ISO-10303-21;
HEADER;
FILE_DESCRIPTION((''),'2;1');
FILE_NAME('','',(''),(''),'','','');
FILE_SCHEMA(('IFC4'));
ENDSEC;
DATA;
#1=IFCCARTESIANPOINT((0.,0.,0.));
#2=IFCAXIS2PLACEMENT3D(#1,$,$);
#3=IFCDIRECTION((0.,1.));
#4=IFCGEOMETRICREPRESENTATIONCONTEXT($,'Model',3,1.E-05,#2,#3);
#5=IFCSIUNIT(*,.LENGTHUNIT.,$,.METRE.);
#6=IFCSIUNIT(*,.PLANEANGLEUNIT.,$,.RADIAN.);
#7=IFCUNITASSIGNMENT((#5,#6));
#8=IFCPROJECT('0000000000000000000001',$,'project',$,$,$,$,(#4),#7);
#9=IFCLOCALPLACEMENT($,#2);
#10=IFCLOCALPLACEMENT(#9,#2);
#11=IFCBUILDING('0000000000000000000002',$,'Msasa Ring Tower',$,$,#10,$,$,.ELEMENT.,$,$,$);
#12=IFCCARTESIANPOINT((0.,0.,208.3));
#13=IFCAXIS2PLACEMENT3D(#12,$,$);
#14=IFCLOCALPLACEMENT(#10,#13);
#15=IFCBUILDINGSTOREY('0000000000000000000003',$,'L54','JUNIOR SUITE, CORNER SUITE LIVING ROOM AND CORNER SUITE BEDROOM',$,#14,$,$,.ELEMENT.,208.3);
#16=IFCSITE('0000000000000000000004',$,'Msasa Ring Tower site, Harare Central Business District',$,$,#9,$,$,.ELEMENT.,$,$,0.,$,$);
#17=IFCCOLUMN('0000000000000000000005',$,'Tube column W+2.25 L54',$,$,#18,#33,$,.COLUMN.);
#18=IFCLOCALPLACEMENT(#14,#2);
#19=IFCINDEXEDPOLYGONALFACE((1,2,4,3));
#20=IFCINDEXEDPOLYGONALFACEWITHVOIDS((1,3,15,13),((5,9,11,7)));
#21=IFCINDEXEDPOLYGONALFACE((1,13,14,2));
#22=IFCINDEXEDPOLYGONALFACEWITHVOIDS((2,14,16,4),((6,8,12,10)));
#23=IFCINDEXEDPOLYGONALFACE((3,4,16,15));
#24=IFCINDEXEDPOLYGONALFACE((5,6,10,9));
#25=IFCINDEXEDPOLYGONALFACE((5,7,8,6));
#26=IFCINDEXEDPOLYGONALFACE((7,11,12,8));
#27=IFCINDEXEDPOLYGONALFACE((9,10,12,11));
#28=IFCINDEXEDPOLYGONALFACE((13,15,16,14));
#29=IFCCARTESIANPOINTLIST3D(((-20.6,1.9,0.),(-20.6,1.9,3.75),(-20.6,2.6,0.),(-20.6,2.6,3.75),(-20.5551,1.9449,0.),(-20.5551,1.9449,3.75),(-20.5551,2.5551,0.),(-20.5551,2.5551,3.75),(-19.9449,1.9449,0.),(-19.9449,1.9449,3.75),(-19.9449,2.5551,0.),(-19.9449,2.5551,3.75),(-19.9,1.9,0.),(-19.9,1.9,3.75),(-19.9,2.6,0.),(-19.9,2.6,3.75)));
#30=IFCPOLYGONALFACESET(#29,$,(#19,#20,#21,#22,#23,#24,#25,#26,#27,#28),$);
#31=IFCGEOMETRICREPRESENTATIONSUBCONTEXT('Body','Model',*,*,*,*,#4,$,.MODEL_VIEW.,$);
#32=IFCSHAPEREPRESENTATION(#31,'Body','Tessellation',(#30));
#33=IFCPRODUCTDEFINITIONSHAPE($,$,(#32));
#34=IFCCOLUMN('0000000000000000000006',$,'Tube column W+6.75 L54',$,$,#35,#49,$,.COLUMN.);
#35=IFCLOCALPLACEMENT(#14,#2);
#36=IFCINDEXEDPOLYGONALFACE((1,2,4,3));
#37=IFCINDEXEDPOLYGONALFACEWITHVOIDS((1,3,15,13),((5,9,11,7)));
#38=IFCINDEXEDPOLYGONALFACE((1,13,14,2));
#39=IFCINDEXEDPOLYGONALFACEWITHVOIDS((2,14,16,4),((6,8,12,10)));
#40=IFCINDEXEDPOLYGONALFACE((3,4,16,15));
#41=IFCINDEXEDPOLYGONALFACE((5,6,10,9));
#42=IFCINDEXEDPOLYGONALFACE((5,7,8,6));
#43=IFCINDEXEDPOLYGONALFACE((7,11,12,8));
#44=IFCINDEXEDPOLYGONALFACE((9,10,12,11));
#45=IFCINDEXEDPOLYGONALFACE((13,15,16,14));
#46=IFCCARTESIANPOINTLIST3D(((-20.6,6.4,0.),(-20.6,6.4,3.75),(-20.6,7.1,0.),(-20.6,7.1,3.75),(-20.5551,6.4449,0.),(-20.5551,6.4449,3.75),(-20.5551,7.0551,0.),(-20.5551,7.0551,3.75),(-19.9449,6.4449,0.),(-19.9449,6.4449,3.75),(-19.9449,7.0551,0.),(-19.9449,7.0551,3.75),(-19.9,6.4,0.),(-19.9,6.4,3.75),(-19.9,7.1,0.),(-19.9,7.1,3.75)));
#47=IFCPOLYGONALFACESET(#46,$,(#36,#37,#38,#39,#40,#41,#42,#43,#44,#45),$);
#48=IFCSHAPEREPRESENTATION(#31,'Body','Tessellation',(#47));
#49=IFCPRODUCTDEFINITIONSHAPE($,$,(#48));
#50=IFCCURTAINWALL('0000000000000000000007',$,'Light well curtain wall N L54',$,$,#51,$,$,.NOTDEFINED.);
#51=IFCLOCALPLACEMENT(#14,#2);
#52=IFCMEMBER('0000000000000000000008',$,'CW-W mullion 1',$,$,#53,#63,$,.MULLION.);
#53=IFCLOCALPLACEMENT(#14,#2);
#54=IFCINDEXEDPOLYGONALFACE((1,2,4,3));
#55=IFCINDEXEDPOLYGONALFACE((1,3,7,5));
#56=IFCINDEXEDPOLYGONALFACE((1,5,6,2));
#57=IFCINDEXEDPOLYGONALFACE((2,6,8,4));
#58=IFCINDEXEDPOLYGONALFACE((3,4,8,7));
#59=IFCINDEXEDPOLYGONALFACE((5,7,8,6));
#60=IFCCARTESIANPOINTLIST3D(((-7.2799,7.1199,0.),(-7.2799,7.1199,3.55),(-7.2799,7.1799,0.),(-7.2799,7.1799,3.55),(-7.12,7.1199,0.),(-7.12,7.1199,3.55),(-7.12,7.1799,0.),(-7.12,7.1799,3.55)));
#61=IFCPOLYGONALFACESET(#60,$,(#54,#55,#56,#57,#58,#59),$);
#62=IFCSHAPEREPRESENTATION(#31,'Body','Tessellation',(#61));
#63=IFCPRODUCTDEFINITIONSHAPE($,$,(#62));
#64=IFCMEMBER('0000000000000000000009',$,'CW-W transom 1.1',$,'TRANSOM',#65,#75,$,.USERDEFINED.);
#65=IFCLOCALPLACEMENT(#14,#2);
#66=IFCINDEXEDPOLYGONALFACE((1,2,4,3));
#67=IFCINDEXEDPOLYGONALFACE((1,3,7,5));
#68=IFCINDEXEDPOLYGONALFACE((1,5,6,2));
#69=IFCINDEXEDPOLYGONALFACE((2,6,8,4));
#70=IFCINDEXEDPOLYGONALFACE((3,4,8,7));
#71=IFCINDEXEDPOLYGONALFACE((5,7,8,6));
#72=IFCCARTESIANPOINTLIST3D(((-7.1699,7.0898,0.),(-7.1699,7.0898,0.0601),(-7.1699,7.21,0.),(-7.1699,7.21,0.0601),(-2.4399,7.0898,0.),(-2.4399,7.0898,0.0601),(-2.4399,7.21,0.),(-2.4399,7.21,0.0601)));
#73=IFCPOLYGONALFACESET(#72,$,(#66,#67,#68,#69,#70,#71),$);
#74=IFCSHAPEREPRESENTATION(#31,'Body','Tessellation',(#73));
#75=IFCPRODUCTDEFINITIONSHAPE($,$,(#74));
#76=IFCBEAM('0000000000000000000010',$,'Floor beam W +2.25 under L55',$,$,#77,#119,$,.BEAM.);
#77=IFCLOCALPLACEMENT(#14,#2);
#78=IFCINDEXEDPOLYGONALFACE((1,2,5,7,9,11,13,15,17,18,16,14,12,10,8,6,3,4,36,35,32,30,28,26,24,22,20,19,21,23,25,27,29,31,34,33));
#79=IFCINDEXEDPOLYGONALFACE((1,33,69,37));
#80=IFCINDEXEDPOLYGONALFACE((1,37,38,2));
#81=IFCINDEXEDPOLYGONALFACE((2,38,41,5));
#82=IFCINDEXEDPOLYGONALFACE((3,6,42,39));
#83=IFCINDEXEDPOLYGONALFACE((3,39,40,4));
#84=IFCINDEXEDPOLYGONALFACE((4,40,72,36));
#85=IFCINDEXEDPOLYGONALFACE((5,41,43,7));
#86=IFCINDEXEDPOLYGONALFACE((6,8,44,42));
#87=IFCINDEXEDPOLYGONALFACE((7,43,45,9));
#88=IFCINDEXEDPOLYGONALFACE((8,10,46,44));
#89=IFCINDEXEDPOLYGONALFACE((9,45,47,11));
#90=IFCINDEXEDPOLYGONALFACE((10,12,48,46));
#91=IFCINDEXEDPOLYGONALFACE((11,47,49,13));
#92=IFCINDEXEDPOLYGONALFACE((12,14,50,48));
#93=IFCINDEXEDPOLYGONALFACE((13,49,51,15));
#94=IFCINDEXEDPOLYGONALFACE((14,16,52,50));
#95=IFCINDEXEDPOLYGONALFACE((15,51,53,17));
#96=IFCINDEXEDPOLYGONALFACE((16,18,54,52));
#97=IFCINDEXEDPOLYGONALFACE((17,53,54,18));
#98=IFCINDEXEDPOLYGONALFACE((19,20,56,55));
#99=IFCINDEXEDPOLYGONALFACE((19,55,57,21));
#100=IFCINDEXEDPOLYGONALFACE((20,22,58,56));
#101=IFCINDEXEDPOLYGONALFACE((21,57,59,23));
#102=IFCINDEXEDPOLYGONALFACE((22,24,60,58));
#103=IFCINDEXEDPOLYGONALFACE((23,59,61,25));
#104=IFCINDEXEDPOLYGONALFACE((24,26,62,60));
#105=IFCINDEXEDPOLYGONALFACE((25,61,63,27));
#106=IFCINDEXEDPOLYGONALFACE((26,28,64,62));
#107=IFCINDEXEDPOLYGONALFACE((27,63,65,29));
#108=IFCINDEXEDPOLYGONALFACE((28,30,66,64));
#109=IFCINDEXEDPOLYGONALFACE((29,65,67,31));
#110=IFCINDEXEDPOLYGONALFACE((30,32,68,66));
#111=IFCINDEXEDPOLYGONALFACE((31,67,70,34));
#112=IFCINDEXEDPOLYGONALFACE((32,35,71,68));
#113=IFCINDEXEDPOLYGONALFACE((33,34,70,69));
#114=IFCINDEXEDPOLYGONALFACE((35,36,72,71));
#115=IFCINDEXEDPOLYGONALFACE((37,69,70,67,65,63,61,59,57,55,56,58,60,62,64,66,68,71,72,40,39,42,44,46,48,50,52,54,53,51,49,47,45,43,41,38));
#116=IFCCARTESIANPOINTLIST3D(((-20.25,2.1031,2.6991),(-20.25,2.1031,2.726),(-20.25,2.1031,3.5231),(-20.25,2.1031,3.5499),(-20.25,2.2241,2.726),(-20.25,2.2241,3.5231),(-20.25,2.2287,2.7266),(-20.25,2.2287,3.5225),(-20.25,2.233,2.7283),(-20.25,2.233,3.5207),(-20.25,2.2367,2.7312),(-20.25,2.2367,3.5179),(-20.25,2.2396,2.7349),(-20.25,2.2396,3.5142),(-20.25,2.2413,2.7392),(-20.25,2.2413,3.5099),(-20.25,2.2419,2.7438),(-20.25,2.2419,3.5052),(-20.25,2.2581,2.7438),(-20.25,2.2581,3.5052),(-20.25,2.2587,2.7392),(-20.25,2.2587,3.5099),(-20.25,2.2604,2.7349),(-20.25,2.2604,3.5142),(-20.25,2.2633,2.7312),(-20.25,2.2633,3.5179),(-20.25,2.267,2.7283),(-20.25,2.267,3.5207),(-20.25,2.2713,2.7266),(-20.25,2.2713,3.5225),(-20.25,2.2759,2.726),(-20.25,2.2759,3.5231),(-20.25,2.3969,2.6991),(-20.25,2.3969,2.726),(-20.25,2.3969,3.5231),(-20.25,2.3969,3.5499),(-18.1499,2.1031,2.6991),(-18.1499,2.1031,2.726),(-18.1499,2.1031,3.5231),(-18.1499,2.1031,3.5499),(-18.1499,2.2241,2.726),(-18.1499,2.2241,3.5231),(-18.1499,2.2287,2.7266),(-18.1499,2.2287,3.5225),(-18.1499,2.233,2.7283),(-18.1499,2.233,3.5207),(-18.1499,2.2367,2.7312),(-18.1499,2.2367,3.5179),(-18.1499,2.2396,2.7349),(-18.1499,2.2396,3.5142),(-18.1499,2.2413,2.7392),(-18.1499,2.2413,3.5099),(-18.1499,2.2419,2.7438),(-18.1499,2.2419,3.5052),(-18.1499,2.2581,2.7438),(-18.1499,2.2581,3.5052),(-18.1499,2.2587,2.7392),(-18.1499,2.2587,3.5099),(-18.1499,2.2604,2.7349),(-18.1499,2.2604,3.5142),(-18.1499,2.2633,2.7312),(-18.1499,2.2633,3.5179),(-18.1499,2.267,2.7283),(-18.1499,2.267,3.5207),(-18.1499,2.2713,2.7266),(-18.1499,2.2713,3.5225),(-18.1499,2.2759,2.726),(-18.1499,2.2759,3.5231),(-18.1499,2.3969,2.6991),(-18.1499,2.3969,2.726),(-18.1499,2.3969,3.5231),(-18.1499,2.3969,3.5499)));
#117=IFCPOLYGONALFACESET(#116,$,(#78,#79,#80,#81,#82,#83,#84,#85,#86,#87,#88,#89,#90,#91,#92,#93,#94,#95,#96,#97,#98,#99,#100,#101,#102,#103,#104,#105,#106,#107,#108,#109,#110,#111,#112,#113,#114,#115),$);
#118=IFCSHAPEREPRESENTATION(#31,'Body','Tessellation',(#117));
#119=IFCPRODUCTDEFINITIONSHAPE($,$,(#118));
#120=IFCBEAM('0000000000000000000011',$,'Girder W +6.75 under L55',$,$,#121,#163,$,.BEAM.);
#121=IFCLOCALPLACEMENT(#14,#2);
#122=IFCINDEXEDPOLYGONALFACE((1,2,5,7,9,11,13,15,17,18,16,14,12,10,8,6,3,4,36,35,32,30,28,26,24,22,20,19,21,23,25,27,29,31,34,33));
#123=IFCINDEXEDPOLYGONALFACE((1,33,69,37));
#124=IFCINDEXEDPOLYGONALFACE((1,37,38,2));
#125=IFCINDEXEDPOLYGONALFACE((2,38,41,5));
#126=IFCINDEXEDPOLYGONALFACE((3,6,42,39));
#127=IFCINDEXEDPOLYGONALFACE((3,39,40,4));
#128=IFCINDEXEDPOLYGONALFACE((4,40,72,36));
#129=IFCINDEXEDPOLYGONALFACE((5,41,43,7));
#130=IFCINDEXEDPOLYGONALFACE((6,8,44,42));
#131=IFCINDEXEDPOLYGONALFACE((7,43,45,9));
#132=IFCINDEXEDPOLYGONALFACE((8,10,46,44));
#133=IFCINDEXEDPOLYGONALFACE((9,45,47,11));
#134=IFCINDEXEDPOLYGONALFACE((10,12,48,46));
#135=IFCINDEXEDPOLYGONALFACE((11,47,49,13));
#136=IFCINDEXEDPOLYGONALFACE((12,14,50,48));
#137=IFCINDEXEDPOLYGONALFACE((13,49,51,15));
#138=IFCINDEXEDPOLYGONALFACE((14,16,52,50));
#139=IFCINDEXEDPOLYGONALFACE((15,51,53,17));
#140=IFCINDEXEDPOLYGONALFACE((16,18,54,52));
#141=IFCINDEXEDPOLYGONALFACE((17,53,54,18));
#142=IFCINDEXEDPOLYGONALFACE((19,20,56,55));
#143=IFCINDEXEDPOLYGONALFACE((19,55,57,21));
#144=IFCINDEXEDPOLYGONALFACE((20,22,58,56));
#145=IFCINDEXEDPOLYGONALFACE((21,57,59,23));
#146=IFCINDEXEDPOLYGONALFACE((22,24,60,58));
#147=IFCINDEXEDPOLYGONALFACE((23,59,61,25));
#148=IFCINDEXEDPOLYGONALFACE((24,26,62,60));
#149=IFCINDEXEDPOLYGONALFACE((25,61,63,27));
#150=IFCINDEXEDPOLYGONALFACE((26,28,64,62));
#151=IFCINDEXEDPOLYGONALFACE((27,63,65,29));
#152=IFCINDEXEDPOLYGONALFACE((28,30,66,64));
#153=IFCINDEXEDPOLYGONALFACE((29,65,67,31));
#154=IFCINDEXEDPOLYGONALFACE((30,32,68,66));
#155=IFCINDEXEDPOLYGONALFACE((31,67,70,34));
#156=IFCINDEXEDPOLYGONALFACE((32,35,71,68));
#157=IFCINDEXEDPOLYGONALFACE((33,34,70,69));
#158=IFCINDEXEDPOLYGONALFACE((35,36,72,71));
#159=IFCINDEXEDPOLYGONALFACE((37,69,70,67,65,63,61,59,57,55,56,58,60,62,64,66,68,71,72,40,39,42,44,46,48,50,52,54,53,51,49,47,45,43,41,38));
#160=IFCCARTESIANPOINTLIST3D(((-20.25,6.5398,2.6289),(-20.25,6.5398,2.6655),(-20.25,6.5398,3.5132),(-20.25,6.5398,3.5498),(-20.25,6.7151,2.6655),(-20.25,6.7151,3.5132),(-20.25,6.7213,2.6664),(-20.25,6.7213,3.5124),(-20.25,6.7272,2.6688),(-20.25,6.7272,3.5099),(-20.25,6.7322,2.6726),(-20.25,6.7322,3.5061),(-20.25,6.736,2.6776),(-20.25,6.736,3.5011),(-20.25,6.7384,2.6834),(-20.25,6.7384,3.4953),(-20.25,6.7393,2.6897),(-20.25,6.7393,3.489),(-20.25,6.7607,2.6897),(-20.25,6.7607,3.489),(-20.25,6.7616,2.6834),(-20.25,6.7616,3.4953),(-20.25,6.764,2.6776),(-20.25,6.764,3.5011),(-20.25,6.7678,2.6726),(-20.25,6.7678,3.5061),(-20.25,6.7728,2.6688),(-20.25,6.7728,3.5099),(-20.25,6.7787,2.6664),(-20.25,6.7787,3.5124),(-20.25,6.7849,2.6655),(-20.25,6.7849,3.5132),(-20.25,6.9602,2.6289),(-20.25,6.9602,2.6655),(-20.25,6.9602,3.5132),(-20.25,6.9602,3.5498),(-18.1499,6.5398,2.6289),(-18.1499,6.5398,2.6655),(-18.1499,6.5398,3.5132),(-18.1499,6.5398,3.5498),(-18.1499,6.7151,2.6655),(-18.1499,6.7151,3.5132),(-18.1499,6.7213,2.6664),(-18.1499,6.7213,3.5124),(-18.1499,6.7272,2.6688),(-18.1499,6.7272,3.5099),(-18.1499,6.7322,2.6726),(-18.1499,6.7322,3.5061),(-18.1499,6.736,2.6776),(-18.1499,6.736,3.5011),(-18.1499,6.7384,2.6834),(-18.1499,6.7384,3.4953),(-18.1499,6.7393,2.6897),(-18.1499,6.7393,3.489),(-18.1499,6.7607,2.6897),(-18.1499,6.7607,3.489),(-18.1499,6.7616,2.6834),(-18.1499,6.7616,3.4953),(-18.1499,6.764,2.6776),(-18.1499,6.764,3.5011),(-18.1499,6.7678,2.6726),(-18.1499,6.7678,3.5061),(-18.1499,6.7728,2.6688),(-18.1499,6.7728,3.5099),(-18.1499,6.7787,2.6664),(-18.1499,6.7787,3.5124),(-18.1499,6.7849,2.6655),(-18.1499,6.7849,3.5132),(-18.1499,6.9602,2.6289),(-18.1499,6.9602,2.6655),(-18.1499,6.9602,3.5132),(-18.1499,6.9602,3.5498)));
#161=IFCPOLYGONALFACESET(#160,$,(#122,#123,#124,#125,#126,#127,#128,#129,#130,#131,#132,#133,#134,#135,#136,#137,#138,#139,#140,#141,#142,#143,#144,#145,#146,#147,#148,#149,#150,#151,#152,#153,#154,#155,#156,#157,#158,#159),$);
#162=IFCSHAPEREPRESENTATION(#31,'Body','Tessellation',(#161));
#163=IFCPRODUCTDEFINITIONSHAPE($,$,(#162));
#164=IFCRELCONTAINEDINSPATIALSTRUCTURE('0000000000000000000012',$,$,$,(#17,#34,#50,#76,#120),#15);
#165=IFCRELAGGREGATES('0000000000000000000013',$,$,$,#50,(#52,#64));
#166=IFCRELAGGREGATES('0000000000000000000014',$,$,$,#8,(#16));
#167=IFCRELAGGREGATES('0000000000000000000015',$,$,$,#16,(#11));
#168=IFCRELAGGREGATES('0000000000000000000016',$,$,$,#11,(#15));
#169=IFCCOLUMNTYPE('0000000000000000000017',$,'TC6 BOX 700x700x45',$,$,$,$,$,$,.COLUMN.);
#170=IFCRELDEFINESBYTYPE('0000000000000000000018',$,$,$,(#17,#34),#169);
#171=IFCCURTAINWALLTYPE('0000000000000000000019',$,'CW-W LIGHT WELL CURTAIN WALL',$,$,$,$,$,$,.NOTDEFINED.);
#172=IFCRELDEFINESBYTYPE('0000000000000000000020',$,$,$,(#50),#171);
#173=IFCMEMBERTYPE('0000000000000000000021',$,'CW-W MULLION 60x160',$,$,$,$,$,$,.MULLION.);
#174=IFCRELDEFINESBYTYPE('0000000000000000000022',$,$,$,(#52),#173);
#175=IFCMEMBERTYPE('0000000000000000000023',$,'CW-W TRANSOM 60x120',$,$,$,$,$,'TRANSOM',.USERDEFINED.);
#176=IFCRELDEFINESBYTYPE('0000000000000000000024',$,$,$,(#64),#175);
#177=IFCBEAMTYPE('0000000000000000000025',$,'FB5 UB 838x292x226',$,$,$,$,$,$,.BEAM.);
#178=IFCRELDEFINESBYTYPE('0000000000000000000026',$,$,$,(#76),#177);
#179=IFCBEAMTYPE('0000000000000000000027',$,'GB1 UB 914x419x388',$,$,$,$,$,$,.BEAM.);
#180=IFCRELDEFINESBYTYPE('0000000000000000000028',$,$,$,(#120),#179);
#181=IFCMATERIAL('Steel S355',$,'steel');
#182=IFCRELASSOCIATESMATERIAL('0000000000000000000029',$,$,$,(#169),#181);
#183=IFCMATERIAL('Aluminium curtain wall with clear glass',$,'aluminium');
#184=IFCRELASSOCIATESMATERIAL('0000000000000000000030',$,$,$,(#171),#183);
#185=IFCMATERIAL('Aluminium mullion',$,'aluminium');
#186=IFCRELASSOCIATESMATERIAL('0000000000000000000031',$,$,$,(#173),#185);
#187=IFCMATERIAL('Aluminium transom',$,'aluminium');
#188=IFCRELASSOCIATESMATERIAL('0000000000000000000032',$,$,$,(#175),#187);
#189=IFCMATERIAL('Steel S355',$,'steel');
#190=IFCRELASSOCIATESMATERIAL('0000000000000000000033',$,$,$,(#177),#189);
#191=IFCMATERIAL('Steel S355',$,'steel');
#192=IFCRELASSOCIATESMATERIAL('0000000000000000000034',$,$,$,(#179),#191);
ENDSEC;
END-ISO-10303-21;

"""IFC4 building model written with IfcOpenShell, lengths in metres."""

from ifc_helpers import new_model, si_unit, direction, frame, origin, origin_2d, place, context, subcontext, project, spatial, rectangle, hollow_rectangle, i_section, extrude, material, material_profile, profile_set, type_object, element, aggregate, save


model = new_model("IFC4")

# Units and contexts
model_context = context("Model", 3, precision=1e-05, world=origin(), true_north=direction((0.0, 1.0)))
body_context = subcontext(model_context, "Body", "Model", "MODEL_VIEW")
ifc_project = project(units=[si_unit("LENGTHUNIT", "METRE"), si_unit("PLANEANGLEUNIT", "RADIAN")], contexts=[model_context])

# Site, building, storey
site_placement = place(None, origin())
site = spatial("IfcSite", under=ifc_project, at=site_placement, Name="Msasa Ring Tower site, Harare Central Business District", CompositionType="ELEMENT", RefElevation=0.0)
building_placement = place(site_placement, origin())
building = spatial("IfcBuilding", under=site, at=building_placement, Name="Msasa Ring Tower", CompositionType="ELEMENT")
storey_placement = place(building_placement, frame((0.0, 0.0, 208.3)))
storey = spatial("IfcBuildingStorey", under=building, at=storey_placement, Name="L54", Description="JUNIOR SUITE, CORNER SUITE LIVING ROOM AND CORNER SUITE BEDROOM", CompositionType="ELEMENT", Elevation=208.3)

# Columns
ifc_material_1 = material(Name="Steel S355", Category="steel")
ifc_material_profile_1 = material_profile(ifc_material_1, hollow_rectangle(XDim=0.7, YDim=0.7, WallThickness=0.0449, at=origin_2d()), Name="BOX 700x700x45")
ifc_profile_set_1 = profile_set([ifc_material_profile_1], Name="Steel S355")
column_type = type_object("IfcColumnType", Name="TC6 BOX 700x700x45", PredefinedType="COLUMN", material=ifc_profile_set_1)
for number, where, z_axis, x_axis, name in (
    (1, (-20.25, 2.25, 0.0), (0.0, 0.0, 1.0), (1.0, 0.0, 0.0), "Tube column W+2.25 L54"),
    (2, (-20.25, 6.75, 0.0), (0.0, 0.0, 1.0), (1.0, 0.0, 0.0), "Tube column W+6.75 L54"),
):
    element("IfcColumn", number, at=place(storey_placement, frame(where, z_axis=z_axis, x_axis=x_axis)), inside=storey, type_object=column_type, Name=name, PredefinedType="COLUMN", context=body_context, shape_type="SweptSolid", body=[
        extrude(hollow_rectangle(XDim=0.7, YDim=0.7, WallThickness=0.0449, at=origin_2d()), origin(), (0.0, 0.0, 1.0), 3.75),
    ])

# Curtain wall, members
ifc_material_2 = material(Name="Aluminium curtain wall with clear glass", Category="aluminium")
curtain_wall_type = type_object("IfcCurtainWallType", Name="CW-W LIGHT WELL CURTAIN WALL", PredefinedType="NOTDEFINED", material=ifc_material_2)
curtain_wall_placement = place(storey_placement, origin())
curtain_wall = element("IfcCurtainWall", 3, at=curtain_wall_placement, inside=storey, type_object=curtain_wall_type, Name="Light well curtain wall N L54", PredefinedType="NOTDEFINED")
ifc_material_3 = material(Name="Aluminium mullion", Category="aluminium")
ifc_material_profile_2 = material_profile(ifc_material_3, rectangle(XDim=0.0601, YDim=0.1599, at=origin_2d()), Name="AL 60x160")
ifc_profile_set_2 = profile_set([ifc_material_profile_2], Name="Aluminium mullion")
member_type_1 = type_object("IfcMemberType", Name="CW-W MULLION 60x160", PredefinedType="MULLION", material=ifc_profile_set_2)
member_1_placement = place(storey_placement, frame((-7.2, 7.1499, 0.0), z_axis=(0.0, 0.0, 1.0), x_axis=(0.0, 1.0, 0.0)))
member_1 = element("IfcMember", 4, at=member_1_placement, type_object=member_type_1, Name="CW-W mullion 1", PredefinedType="MULLION", context=body_context, shape_type="SweptSolid", body=[
    extrude(rectangle(XDim=0.0601, YDim=0.1599, at=origin_2d()), origin(), (0.0, 0.0, 1.0), 3.55),
])
ifc_material_4 = material(Name="Aluminium transom", Category="aluminium")
ifc_material_profile_3 = material_profile(ifc_material_4, rectangle(XDim=0.1201, YDim=0.0601, at=origin_2d()), Name="AL 60x120")
ifc_profile_set_3 = profile_set([ifc_material_profile_3], Name="Aluminium transom")
member_type_2 = type_object("IfcMemberType", Name="CW-W TRANSOM 60x120", ElementType="TRANSOM", PredefinedType="USERDEFINED", material=ifc_profile_set_3)
member_2_placement = place(storey_placement, frame((-7.1699, 7.1499, 0.03), z_axis=(1.0, 0.0, 0.0), x_axis=(0.0, 1.0, 0.0)))
member_2 = element("IfcMember", 5, at=member_2_placement, type_object=member_type_2, Name="CW-W transom 1.1", ObjectType="TRANSOM", PredefinedType="USERDEFINED", context=body_context, shape_type="SweptSolid", body=[
    extrude(rectangle(XDim=0.1201, YDim=0.0601, at=origin_2d()), origin(), (0.0, 0.0, 1.0), 4.73),
])
aggregate(curtain_wall, [member_1, member_2])

# Beams
ifc_material_5 = material(Name="Steel S355", Category="steel")
ifc_material_profile_4 = material_profile(ifc_material_5, i_section(OverallWidth=0.2937, OverallDepth=0.8508, WebThickness=0.0161, FlangeThickness=0.0269, FilletRadius=0.0178, at=origin_2d()), Name="UB 838x292x226")
ifc_profile_set_4 = profile_set([ifc_material_profile_4], Name="Steel S355")
beam_type_1 = type_object("IfcBeamType", Name="FB5 UB 838x292x226", PredefinedType="BEAM", material=ifc_profile_set_4)
beam_1_placement = place(storey_placement, frame((-20.25, 2.25, 3.1245), z_axis=(1.0, 0.0, 0.0), x_axis=(0.0, 1.0, 0.0)))
element("IfcBeam", 6, at=beam_1_placement, inside=storey, type_object=beam_type_1, Name="Floor beam W +2.25 under L55", PredefinedType="BEAM", context=body_context, shape_type="SweptSolid", body=[
    extrude(i_section(OverallWidth=0.2937, OverallDepth=0.8508, WebThickness=0.0161, FlangeThickness=0.0269, FilletRadius=0.0178, at=origin_2d()), origin(), (0.0, 0.0, 1.0), 2.1001),
])
ifc_material_6 = material(Name="Steel S355", Category="steel")
ifc_material_profile_5 = material_profile(ifc_material_6, i_section(OverallWidth=0.4204, OverallDepth=0.9209, WebThickness=0.0215, FlangeThickness=0.0366, FilletRadius=0.0242, at=origin_2d()), Name="UB 914x419x388")
ifc_profile_set_5 = profile_set([ifc_material_profile_5], Name="Steel S355")
beam_type_2 = type_object("IfcBeamType", Name="GB1 UB 914x419x388", PredefinedType="BEAM", material=ifc_profile_set_5)
beam_2_placement = place(storey_placement, frame((-18.1499, 6.75, 3.0894), z_axis=(-1.0, 0.0, 0.0), x_axis=(0.0, -1.0, 0.0)))
element("IfcBeam", 7, at=beam_2_placement, inside=storey, type_object=beam_type_2, Name="Girder W +6.75 under L55", PredefinedType="BEAM", context=body_context, shape_type="SweptSolid", body=[
    extrude(i_section(OverallWidth=0.4204, OverallDepth=0.9209, WebThickness=0.0215, FlangeThickness=0.0366, FilletRadius=0.0242, at=origin_2d()), origin(), (0.0, 0.0, 1.0), 2.1001),
])

save(model, "model.ifc")
